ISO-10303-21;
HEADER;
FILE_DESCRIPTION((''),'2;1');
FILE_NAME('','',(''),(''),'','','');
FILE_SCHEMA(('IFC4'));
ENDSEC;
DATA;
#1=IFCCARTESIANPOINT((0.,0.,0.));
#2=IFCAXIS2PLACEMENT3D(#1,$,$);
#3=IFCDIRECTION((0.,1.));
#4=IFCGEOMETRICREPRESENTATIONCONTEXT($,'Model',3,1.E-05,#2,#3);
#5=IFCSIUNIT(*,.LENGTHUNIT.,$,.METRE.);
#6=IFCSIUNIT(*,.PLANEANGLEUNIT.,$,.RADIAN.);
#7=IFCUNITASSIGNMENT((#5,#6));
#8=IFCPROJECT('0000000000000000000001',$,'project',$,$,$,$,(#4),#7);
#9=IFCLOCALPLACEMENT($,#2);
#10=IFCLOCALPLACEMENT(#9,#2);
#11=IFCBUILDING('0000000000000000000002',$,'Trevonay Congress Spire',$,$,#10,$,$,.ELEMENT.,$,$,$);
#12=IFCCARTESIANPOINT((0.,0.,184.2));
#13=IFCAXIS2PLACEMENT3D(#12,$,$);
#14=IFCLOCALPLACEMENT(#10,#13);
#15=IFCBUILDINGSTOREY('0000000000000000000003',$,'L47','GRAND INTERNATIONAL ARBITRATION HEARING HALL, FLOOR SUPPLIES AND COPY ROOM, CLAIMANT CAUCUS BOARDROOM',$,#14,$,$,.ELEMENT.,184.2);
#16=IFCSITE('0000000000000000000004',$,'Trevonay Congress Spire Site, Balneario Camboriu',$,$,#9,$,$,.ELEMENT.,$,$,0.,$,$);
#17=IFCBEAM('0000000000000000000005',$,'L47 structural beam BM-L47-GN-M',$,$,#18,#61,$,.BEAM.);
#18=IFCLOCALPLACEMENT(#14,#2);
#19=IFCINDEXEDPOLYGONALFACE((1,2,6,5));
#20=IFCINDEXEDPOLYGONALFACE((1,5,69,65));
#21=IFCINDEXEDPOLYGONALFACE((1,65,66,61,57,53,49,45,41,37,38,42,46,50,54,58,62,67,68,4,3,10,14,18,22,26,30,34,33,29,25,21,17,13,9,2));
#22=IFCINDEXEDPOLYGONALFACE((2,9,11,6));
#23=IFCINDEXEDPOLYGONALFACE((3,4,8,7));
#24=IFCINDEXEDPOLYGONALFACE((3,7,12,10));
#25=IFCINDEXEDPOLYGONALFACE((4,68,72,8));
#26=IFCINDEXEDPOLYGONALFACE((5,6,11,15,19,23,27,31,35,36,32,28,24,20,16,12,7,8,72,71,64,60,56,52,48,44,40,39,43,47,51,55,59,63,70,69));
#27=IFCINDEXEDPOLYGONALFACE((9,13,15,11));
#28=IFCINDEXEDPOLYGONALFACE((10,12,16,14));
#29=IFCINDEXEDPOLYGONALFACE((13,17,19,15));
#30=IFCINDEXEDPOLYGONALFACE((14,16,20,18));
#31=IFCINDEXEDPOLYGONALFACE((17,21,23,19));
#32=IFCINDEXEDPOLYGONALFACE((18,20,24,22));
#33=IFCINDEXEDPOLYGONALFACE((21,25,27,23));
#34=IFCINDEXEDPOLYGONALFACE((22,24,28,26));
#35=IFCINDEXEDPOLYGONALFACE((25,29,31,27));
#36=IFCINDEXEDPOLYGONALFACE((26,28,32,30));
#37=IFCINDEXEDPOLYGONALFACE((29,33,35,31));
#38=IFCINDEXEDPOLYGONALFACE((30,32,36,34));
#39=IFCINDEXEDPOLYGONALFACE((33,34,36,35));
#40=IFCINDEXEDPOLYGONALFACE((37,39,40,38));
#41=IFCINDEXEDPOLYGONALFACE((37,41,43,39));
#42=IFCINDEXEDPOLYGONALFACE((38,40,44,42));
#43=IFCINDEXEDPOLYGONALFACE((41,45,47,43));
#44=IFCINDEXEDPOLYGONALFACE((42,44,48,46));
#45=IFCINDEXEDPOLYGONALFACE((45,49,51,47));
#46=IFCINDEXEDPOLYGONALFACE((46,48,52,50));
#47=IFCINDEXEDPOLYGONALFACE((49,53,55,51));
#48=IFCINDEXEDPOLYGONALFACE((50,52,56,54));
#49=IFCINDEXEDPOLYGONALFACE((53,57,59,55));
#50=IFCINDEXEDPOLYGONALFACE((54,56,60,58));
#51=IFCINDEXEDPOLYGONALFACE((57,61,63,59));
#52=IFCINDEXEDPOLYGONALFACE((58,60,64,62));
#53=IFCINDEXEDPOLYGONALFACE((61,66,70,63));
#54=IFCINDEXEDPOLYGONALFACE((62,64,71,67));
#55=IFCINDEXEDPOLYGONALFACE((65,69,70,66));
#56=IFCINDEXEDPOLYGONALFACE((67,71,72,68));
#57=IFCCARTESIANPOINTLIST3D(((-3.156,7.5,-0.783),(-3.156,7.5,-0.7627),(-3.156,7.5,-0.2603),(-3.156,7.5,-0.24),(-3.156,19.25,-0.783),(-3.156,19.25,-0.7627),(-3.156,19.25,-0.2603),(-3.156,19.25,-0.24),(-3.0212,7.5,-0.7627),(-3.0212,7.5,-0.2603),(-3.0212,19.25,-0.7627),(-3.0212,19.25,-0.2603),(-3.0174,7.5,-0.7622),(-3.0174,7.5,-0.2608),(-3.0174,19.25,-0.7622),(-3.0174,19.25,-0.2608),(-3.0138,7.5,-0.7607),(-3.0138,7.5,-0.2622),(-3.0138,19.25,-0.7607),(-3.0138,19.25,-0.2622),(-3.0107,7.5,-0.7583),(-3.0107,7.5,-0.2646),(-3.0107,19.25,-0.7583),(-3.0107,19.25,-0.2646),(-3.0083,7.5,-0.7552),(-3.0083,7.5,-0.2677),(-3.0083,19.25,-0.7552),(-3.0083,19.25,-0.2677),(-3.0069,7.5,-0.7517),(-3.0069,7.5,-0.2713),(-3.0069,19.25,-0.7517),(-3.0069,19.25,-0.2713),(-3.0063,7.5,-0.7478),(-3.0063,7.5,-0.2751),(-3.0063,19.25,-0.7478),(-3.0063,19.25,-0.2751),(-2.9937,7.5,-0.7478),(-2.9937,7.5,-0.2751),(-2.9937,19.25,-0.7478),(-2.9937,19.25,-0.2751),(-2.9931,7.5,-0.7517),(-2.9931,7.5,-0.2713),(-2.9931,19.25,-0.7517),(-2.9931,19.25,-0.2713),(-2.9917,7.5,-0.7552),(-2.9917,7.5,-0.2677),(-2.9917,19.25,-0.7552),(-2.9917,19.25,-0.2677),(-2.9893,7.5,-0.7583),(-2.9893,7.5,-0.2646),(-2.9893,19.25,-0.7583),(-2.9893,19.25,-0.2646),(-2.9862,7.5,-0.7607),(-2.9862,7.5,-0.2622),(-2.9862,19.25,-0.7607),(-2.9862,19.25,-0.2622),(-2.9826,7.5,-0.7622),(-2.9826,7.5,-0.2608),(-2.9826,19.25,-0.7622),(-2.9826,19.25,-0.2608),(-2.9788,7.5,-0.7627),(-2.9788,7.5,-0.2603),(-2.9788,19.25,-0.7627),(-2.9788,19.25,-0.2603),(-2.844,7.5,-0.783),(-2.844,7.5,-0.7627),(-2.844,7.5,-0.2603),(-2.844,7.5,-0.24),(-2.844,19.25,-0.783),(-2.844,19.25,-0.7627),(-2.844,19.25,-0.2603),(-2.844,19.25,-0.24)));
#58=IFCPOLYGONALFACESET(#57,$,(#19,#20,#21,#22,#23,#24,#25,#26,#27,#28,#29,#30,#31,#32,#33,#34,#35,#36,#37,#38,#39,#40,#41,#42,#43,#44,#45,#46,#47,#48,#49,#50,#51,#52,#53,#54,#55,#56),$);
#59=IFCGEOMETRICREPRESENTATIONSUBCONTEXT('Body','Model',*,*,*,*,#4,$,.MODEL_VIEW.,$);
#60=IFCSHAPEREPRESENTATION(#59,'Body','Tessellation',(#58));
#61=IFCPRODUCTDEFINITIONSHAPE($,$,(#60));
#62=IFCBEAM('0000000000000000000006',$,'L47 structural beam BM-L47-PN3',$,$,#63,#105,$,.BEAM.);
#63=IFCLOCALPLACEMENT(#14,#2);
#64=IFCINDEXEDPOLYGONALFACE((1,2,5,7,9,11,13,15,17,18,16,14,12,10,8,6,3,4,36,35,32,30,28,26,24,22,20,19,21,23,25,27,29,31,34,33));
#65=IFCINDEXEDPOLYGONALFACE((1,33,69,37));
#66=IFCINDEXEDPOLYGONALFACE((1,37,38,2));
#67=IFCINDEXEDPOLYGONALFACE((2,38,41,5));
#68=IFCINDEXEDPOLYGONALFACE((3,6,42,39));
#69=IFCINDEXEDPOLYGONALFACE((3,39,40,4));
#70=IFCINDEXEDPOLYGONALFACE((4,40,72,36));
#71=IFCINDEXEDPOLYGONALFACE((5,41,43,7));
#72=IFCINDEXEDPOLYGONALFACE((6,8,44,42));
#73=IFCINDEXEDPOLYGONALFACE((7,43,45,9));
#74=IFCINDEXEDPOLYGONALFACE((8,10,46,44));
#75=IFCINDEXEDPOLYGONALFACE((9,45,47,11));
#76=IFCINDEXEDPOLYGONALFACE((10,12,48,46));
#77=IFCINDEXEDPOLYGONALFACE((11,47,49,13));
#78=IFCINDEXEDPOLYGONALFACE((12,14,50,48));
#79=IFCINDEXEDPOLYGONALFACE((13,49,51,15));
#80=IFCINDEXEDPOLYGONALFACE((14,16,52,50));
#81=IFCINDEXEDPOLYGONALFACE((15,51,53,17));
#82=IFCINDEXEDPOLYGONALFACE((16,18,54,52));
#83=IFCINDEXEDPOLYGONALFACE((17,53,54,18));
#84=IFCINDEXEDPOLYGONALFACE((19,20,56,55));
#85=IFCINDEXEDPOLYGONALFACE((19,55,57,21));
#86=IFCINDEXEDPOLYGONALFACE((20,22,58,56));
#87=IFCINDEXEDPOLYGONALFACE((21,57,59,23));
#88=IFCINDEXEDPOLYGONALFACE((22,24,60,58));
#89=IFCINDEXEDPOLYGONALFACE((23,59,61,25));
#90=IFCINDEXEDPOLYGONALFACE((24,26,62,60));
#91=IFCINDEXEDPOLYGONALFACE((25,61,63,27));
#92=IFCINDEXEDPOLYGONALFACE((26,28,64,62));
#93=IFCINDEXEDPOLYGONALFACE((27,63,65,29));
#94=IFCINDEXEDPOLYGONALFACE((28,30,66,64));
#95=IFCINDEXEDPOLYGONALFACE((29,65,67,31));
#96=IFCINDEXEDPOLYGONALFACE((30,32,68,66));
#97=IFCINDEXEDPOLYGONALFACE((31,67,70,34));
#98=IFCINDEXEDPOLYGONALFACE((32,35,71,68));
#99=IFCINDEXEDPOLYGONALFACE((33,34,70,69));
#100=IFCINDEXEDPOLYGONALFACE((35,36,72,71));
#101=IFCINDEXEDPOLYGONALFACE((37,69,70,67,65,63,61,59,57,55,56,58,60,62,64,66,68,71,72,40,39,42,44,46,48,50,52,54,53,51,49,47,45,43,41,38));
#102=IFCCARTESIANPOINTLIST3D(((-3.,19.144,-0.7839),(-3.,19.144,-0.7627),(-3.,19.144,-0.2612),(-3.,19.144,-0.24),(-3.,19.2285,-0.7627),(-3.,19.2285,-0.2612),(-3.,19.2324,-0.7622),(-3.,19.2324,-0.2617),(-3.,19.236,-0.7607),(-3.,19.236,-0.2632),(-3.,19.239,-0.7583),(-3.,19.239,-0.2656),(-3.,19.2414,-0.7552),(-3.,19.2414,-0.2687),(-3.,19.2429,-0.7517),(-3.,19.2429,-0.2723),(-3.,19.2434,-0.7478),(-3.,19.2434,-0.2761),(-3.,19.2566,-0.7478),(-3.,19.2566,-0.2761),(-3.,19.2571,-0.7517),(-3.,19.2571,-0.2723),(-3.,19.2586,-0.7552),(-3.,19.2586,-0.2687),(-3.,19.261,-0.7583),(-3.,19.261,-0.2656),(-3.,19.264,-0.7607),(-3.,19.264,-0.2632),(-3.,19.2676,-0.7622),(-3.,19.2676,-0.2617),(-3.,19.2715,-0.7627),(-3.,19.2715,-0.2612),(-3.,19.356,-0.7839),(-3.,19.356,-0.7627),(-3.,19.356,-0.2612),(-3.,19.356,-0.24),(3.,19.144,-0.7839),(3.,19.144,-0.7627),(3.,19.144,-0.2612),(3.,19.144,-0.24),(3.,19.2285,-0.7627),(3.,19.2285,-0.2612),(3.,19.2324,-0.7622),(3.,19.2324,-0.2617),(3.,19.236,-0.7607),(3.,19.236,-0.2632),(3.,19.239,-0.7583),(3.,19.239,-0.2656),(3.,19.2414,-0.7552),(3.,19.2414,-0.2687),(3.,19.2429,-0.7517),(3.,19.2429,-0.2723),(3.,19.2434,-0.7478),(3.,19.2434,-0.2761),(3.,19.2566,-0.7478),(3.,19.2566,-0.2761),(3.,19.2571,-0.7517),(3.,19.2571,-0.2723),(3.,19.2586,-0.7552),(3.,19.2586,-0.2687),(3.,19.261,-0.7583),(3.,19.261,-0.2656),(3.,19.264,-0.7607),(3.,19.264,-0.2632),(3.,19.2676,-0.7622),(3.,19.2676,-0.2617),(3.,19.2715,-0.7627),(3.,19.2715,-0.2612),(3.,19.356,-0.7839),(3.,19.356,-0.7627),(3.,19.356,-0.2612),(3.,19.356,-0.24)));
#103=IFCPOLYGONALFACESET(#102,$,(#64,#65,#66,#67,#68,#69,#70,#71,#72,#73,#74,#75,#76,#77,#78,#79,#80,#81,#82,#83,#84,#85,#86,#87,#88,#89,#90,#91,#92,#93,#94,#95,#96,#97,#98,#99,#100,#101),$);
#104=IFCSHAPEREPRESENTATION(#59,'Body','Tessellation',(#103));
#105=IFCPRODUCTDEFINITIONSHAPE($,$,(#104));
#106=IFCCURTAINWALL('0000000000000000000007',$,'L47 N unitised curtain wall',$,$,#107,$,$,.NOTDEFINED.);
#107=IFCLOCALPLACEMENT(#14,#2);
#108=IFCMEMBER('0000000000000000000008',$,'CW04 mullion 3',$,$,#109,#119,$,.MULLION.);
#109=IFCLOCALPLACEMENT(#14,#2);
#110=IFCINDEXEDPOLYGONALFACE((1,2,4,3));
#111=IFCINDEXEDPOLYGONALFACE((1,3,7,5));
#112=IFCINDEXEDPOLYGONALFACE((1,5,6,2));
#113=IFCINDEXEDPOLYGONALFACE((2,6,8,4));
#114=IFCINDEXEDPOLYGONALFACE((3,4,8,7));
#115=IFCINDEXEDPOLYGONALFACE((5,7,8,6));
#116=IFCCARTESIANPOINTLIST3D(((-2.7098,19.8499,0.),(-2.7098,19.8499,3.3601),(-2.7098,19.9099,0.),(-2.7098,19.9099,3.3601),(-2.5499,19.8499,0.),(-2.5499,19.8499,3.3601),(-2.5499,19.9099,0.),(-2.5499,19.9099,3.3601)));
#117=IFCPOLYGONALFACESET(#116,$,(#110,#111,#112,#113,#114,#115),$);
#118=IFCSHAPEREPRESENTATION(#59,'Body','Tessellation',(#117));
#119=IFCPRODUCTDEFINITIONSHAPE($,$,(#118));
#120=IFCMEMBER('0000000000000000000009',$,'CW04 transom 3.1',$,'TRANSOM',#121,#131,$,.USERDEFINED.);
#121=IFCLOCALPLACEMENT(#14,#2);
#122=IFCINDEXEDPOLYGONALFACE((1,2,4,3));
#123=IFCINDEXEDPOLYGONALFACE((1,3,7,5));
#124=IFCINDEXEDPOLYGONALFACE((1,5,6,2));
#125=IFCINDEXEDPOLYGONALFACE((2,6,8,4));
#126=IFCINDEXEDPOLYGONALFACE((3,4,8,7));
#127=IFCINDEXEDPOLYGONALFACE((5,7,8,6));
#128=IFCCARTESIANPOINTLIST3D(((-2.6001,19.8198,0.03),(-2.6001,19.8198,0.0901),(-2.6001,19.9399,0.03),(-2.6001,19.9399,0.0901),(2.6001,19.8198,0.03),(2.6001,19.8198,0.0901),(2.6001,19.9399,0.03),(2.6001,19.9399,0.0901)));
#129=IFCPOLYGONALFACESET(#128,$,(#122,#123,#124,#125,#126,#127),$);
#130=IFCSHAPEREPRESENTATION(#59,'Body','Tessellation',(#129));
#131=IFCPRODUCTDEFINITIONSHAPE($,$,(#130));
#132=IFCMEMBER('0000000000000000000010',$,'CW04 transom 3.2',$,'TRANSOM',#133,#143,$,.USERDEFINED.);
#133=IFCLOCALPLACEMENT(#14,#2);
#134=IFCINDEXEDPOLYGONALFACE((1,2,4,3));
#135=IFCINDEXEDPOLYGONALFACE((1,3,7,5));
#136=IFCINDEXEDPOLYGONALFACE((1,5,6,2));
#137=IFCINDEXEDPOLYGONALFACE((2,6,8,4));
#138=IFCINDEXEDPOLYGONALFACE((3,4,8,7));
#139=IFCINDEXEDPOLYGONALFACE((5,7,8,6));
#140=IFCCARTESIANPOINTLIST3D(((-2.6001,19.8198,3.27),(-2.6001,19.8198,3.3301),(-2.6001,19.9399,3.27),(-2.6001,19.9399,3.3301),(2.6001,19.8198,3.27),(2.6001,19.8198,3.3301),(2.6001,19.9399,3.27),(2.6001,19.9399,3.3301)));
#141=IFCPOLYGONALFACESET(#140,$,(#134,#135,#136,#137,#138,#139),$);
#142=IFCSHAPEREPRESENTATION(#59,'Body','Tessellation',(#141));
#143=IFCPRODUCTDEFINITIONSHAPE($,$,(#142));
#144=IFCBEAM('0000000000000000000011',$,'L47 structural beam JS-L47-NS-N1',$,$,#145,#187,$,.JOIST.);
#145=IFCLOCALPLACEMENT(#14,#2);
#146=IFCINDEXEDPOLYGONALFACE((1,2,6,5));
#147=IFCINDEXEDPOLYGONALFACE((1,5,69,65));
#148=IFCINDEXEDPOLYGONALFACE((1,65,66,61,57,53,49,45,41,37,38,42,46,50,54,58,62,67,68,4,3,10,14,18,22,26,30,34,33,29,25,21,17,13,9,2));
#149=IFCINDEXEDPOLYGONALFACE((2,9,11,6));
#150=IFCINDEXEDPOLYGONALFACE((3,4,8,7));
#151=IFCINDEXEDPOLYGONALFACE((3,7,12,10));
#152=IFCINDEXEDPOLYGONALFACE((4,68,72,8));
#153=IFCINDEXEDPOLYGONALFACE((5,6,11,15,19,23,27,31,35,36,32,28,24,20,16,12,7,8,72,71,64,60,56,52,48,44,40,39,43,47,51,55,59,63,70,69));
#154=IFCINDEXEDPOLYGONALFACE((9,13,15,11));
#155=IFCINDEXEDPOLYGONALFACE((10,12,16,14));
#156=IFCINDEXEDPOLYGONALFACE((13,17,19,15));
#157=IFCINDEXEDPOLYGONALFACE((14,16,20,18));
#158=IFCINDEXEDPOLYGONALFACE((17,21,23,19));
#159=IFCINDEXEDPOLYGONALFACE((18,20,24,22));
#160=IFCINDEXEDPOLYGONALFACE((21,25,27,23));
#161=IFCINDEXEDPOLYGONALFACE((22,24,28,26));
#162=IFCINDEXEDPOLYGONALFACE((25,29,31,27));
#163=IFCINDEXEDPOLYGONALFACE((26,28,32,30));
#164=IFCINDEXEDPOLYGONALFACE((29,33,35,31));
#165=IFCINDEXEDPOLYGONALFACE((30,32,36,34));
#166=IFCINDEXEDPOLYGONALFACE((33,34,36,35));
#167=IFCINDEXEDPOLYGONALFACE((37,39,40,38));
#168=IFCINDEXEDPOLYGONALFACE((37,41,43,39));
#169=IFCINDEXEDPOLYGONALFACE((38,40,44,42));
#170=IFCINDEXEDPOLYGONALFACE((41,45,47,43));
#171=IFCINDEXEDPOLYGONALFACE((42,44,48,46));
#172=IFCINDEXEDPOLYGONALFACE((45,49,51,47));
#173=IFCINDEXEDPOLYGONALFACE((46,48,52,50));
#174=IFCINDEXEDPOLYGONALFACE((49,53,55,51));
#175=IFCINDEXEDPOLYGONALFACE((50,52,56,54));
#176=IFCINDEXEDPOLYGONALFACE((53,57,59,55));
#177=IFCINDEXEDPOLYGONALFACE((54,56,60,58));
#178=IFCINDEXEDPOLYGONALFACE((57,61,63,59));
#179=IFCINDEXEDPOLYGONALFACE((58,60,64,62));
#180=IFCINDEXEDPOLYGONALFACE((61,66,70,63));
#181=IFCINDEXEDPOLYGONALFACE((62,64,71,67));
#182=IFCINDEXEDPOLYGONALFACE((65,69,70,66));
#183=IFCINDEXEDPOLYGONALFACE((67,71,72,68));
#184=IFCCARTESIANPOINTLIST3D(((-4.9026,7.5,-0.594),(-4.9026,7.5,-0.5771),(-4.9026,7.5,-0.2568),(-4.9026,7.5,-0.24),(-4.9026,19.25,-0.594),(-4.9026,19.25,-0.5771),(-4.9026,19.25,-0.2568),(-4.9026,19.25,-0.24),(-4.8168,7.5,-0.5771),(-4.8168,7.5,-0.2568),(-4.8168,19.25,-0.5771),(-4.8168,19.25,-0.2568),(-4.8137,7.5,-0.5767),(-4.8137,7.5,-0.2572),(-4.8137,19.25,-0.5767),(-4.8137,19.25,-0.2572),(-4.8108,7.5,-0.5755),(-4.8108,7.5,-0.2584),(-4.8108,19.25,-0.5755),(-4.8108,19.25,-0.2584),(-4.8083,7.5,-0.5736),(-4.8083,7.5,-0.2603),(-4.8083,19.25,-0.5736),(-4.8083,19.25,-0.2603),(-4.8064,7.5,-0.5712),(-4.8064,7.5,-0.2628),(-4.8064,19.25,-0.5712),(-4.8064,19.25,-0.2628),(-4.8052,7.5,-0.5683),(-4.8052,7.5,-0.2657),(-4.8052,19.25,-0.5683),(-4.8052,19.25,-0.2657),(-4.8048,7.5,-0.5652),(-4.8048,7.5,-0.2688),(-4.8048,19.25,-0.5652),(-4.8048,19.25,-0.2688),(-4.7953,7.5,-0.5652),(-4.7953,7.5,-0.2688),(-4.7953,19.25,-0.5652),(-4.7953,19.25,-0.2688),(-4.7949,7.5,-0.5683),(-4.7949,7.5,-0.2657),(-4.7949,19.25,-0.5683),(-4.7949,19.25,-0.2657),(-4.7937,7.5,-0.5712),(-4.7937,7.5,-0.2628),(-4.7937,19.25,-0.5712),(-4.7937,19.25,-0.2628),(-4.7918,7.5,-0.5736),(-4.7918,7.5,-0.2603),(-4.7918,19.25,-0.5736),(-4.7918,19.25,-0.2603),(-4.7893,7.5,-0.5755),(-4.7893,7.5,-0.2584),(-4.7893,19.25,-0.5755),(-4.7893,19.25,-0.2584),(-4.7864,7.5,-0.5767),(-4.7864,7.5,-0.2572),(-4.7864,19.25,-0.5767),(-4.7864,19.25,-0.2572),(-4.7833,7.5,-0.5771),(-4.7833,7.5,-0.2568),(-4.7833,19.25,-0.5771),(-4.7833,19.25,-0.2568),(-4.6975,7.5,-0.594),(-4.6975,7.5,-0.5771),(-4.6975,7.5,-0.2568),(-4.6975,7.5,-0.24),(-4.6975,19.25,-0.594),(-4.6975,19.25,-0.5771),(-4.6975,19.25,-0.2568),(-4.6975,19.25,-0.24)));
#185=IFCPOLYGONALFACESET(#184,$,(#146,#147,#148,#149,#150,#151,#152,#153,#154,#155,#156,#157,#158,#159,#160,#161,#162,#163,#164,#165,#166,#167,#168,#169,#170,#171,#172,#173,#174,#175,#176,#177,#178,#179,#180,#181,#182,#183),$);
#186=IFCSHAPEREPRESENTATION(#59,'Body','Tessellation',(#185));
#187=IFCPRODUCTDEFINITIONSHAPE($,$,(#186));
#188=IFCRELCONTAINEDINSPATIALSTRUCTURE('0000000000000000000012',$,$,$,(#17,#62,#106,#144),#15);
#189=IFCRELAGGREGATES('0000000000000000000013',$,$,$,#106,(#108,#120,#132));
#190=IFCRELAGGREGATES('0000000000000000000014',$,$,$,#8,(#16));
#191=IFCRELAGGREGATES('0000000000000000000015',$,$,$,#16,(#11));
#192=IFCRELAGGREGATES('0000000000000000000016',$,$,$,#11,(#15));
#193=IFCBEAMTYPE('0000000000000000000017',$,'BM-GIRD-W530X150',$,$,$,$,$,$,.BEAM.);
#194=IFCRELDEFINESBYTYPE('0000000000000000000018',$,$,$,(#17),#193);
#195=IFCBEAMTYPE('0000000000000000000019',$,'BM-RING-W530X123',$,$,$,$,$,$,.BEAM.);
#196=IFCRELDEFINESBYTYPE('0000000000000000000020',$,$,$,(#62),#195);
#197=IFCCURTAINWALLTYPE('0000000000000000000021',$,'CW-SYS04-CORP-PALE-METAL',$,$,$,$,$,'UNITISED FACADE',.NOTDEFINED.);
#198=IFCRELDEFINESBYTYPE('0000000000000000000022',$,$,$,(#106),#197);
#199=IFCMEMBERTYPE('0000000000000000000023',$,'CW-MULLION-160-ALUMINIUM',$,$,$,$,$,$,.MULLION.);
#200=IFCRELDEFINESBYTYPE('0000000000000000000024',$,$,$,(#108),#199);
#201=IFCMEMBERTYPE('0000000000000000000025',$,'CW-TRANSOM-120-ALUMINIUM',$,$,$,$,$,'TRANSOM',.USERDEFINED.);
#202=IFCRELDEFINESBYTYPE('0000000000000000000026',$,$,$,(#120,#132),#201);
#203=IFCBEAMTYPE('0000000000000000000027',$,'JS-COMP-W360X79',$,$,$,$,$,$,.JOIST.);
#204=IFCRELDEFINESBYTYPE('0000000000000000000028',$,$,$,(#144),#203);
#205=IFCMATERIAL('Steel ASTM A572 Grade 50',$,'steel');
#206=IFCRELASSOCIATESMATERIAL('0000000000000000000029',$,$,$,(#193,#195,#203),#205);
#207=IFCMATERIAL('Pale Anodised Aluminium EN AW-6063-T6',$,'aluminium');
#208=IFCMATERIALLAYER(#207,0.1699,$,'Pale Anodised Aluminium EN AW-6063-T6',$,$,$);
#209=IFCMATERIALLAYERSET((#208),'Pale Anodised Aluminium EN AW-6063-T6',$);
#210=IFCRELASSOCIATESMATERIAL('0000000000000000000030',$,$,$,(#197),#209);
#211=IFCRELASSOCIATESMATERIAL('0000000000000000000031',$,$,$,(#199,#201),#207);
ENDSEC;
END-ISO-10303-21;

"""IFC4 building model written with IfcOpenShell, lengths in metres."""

from ifc_helpers import new_model, si_unit, direction, frame, origin, origin_2d, place, context, subcontext, project, spatial, rectangle, i_section, extrude, material, layer, layer_set, material_profile, profile_set, type_object, element, aggregate, save


model = new_model("IFC4")

# Units and contexts
model_context = context("Model", 3, precision=1e-05, world=origin(), true_north=direction((0.0, 1.0)))
body_context = subcontext(model_context, "Body", "Model", "MODEL_VIEW")
ifc_project = project(units=[si_unit("LENGTHUNIT", "METRE"), si_unit("PLANEANGLEUNIT", "RADIAN")], contexts=[model_context])

# Site, building, storey
site_placement = place(None, origin())
site = spatial("IfcSite", under=ifc_project, at=site_placement, Name="Trevonay Congress Spire Site, Balneario Camboriu", CompositionType="ELEMENT", RefElevation=0.0)
building_placement = place(site_placement, origin())
building = spatial("IfcBuilding", under=site, at=building_placement, Name="Trevonay Congress Spire", CompositionType="ELEMENT")
storey_placement = place(building_placement, frame((0.0, 0.0, 184.2)))
storey = spatial("IfcBuildingStorey", under=building, at=storey_placement, Name="L47", Description="GRAND INTERNATIONAL ARBITRATION HEARING HALL, FLOOR SUPPLIES AND COPY ROOM, CLAIMANT CAUCUS BOARDROOM", CompositionType="ELEMENT", Elevation=184.2)

# Shared definitions
ifc_material_1 = material(Name="Steel ASTM A572 Grade 50", Category="steel")

# Beams
ifc_material_profile_1 = material_profile(ifc_material_1, i_section(OverallWidth=0.312, OverallDepth=0.543, WebThickness=0.0127, FlangeThickness=0.0203, FilletRadius=0.0149, at=origin_2d()), Name="W530x150")
ifc_profile_set_1 = profile_set([ifc_material_profile_1], Name="Steel ASTM A572 Grade 50")
beam_type_1 = type_object("IfcBeamType", Name="BM-GIRD-W530X150", PredefinedType="BEAM", material=ifc_profile_set_1)
beam_1_placement = place(storey_placement, frame((-3.0, 7.5, -0.5115), z_axis=(0.0, 1.0, 0.0), x_axis=(-1.0, 0.0, 0.0)))
element("IfcBeam", 1, at=beam_1_placement, inside=storey, type_object=beam_type_1, Name="L47 structural beam BM-L47-GN-M", PredefinedType="BEAM", context=body_context, shape_type="SweptSolid", body=[
    extrude(i_section(OverallWidth=0.312, OverallDepth=0.543, WebThickness=0.0127, FlangeThickness=0.0203, FilletRadius=0.0149, at=origin_2d()), origin(), (0.0, 0.0, 1.0), 11.75),
])
ifc_material_profile_2 = material_profile(ifc_material_1, i_section(OverallWidth=0.2119, OverallDepth=0.5439, WebThickness=0.0132, FlangeThickness=0.0212, FilletRadius=0.0149, at=origin_2d()), Name="W530x123")
ifc_profile_set_2 = profile_set([ifc_material_profile_2], Name="Steel ASTM A572 Grade 50")
beam_type_2 = type_object("IfcBeamType", Name="BM-RING-W530X123", PredefinedType="BEAM", material=ifc_profile_set_2)
beam_2_placement = place(storey_placement, frame((-3.0, 19.25, -0.512), z_axis=(1.0, 0.0, 0.0), x_axis=(0.0, 1.0, 0.0)))
element("IfcBeam", 2, at=beam_2_placement, inside=storey, type_object=beam_type_2, Name="L47 structural beam BM-L47-PN3", PredefinedType="BEAM", context=body_context, shape_type="SweptSolid", body=[
    extrude(i_section(OverallWidth=0.2119, OverallDepth=0.5439, WebThickness=0.0132, FlangeThickness=0.0212, FilletRadius=0.0149, at=origin_2d()), origin(), (0.0, 0.0, 1.0), 6.0),
])

# Curtain wall, members
ifc_material_2 = material(Name="Pale Anodised Aluminium EN AW-6063-T6", Category="aluminium")
ifc_layer_1 = layer(ifc_material_2, 0.1699, Name="Pale Anodised Aluminium EN AW-6063-T6")
ifc_layer_set_1 = layer_set([ifc_layer_1], Name="Pale Anodised Aluminium EN AW-6063-T6")
curtain_wall_type = type_object("IfcCurtainWallType", Name="CW-SYS04-CORP-PALE-METAL", ElementType="UNITISED FACADE", PredefinedType="NOTDEFINED", material=ifc_layer_set_1)
curtain_wall_placement = place(storey_placement, origin())
curtain_wall = element("IfcCurtainWall", 3, at=curtain_wall_placement, inside=storey, type_object=curtain_wall_type, Name="L47 N unitised curtain wall", PredefinedType="NOTDEFINED")
ifc_material_profile_3 = material_profile(ifc_material_2, rectangle(XDim=0.0601, YDim=0.1599, at=origin_2d()), Name="CW-MULLION-160-ALUMINIUM")
ifc_profile_set_3 = profile_set([ifc_material_profile_3], Name="Pale Anodised Aluminium EN AW-6063-T6")
member_type_1 = type_object("IfcMemberType", Name="CW-MULLION-160-ALUMINIUM", PredefinedType="MULLION", material=ifc_profile_set_3)
member_1_placement = place(storey_placement, frame((-2.6299, 19.8799, 0.0), z_axis=(0.0, 0.0, 1.0), x_axis=(0.0, 1.0, 0.0)))
member_1 = element("IfcMember", 4, at=member_1_placement, type_object=member_type_1, Name="CW04 mullion 3", PredefinedType="MULLION", context=body_context, shape_type="SweptSolid", body=[
    extrude(rectangle(XDim=0.0601, YDim=0.1599, at=origin_2d()), origin(), (0.0, 0.0, 1.0), 3.3601),
])
ifc_material_profile_4 = material_profile(ifc_material_2, rectangle(XDim=0.1201, YDim=0.0601, at=origin_2d()), Name="CW-TRANSOM-120-ALUMINIUM")
ifc_profile_set_4 = profile_set([ifc_material_profile_4], Name="Pale Anodised Aluminium EN AW-6063-T6")
member_type_2 = type_object("IfcMemberType", Name="CW-TRANSOM-120-ALUMINIUM", ElementType="TRANSOM", PredefinedType="USERDEFINED", material=ifc_profile_set_4)
member_2_placement = place(storey_placement, frame((-2.6001, 19.8799, 0.0601), z_axis=(1.0, 0.0, 0.0), x_axis=(0.0, 1.0, 0.0)))
member_2 = element("IfcMember", 5, at=member_2_placement, type_object=member_type_2, Name="CW04 transom 3.1", ObjectType="TRANSOM", PredefinedType="USERDEFINED", context=body_context, shape_type="SweptSolid", body=[
    extrude(rectangle(XDim=0.1201, YDim=0.0601, at=origin_2d()), origin(), (0.0, 0.0, 1.0), 5.2002),
])
member_3_placement = place(storey_placement, frame((-2.6001, 19.8799, 3.3), z_axis=(1.0, 0.0, 0.0), x_axis=(0.0, 1.0, 0.0)))
member_3 = element("IfcMember", 6, at=member_3_placement, type_object=member_type_2, Name="CW04 transom 3.2", ObjectType="TRANSOM", PredefinedType="USERDEFINED", context=body_context, shape_type="SweptSolid", body=[
    extrude(rectangle(XDim=0.1201, YDim=0.0601, at=origin_2d()), origin(), (0.0, 0.0, 1.0), 5.2002),
])

# Beam
ifc_material_profile_5 = material_profile(ifc_material_1, i_section(OverallWidth=0.2051, OverallDepth=0.354, WebThickness=0.0095, FlangeThickness=0.0168, FilletRadius=0.012, at=origin_2d()), Name="W360x79")
ifc_profile_set_5 = profile_set([ifc_material_profile_5], Name="Steel ASTM A572 Grade 50")
beam_type_3 = type_object("IfcBeamType", Name="JS-COMP-W360X79", PredefinedType="JOIST", material=ifc_profile_set_5)
for number, where, z_axis, x_axis, name in (
    (7, (-4.8, 7.5, -0.417), (0.0, 1.0, 0.0), (-1.0, 0.0, 0.0), "L47 structural beam JS-L47-NS-N1"),
):
    element("IfcBeam", number, at=place(storey_placement, frame(where, z_axis=z_axis, x_axis=x_axis)), inside=storey, type_object=beam_type_3, Name=name, PredefinedType="JOIST", context=body_context, shape_type="SweptSolid", body=[
        extrude(i_section(OverallWidth=0.2051, OverallDepth=0.354, WebThickness=0.0095, FlangeThickness=0.0168, FilletRadius=0.012, at=origin_2d()), origin(), (0.0, 0.0, 1.0), 11.75),
    ])

aggregate(curtain_wall, [member_1, member_2, member_3])

save(model, "model.ifc")
